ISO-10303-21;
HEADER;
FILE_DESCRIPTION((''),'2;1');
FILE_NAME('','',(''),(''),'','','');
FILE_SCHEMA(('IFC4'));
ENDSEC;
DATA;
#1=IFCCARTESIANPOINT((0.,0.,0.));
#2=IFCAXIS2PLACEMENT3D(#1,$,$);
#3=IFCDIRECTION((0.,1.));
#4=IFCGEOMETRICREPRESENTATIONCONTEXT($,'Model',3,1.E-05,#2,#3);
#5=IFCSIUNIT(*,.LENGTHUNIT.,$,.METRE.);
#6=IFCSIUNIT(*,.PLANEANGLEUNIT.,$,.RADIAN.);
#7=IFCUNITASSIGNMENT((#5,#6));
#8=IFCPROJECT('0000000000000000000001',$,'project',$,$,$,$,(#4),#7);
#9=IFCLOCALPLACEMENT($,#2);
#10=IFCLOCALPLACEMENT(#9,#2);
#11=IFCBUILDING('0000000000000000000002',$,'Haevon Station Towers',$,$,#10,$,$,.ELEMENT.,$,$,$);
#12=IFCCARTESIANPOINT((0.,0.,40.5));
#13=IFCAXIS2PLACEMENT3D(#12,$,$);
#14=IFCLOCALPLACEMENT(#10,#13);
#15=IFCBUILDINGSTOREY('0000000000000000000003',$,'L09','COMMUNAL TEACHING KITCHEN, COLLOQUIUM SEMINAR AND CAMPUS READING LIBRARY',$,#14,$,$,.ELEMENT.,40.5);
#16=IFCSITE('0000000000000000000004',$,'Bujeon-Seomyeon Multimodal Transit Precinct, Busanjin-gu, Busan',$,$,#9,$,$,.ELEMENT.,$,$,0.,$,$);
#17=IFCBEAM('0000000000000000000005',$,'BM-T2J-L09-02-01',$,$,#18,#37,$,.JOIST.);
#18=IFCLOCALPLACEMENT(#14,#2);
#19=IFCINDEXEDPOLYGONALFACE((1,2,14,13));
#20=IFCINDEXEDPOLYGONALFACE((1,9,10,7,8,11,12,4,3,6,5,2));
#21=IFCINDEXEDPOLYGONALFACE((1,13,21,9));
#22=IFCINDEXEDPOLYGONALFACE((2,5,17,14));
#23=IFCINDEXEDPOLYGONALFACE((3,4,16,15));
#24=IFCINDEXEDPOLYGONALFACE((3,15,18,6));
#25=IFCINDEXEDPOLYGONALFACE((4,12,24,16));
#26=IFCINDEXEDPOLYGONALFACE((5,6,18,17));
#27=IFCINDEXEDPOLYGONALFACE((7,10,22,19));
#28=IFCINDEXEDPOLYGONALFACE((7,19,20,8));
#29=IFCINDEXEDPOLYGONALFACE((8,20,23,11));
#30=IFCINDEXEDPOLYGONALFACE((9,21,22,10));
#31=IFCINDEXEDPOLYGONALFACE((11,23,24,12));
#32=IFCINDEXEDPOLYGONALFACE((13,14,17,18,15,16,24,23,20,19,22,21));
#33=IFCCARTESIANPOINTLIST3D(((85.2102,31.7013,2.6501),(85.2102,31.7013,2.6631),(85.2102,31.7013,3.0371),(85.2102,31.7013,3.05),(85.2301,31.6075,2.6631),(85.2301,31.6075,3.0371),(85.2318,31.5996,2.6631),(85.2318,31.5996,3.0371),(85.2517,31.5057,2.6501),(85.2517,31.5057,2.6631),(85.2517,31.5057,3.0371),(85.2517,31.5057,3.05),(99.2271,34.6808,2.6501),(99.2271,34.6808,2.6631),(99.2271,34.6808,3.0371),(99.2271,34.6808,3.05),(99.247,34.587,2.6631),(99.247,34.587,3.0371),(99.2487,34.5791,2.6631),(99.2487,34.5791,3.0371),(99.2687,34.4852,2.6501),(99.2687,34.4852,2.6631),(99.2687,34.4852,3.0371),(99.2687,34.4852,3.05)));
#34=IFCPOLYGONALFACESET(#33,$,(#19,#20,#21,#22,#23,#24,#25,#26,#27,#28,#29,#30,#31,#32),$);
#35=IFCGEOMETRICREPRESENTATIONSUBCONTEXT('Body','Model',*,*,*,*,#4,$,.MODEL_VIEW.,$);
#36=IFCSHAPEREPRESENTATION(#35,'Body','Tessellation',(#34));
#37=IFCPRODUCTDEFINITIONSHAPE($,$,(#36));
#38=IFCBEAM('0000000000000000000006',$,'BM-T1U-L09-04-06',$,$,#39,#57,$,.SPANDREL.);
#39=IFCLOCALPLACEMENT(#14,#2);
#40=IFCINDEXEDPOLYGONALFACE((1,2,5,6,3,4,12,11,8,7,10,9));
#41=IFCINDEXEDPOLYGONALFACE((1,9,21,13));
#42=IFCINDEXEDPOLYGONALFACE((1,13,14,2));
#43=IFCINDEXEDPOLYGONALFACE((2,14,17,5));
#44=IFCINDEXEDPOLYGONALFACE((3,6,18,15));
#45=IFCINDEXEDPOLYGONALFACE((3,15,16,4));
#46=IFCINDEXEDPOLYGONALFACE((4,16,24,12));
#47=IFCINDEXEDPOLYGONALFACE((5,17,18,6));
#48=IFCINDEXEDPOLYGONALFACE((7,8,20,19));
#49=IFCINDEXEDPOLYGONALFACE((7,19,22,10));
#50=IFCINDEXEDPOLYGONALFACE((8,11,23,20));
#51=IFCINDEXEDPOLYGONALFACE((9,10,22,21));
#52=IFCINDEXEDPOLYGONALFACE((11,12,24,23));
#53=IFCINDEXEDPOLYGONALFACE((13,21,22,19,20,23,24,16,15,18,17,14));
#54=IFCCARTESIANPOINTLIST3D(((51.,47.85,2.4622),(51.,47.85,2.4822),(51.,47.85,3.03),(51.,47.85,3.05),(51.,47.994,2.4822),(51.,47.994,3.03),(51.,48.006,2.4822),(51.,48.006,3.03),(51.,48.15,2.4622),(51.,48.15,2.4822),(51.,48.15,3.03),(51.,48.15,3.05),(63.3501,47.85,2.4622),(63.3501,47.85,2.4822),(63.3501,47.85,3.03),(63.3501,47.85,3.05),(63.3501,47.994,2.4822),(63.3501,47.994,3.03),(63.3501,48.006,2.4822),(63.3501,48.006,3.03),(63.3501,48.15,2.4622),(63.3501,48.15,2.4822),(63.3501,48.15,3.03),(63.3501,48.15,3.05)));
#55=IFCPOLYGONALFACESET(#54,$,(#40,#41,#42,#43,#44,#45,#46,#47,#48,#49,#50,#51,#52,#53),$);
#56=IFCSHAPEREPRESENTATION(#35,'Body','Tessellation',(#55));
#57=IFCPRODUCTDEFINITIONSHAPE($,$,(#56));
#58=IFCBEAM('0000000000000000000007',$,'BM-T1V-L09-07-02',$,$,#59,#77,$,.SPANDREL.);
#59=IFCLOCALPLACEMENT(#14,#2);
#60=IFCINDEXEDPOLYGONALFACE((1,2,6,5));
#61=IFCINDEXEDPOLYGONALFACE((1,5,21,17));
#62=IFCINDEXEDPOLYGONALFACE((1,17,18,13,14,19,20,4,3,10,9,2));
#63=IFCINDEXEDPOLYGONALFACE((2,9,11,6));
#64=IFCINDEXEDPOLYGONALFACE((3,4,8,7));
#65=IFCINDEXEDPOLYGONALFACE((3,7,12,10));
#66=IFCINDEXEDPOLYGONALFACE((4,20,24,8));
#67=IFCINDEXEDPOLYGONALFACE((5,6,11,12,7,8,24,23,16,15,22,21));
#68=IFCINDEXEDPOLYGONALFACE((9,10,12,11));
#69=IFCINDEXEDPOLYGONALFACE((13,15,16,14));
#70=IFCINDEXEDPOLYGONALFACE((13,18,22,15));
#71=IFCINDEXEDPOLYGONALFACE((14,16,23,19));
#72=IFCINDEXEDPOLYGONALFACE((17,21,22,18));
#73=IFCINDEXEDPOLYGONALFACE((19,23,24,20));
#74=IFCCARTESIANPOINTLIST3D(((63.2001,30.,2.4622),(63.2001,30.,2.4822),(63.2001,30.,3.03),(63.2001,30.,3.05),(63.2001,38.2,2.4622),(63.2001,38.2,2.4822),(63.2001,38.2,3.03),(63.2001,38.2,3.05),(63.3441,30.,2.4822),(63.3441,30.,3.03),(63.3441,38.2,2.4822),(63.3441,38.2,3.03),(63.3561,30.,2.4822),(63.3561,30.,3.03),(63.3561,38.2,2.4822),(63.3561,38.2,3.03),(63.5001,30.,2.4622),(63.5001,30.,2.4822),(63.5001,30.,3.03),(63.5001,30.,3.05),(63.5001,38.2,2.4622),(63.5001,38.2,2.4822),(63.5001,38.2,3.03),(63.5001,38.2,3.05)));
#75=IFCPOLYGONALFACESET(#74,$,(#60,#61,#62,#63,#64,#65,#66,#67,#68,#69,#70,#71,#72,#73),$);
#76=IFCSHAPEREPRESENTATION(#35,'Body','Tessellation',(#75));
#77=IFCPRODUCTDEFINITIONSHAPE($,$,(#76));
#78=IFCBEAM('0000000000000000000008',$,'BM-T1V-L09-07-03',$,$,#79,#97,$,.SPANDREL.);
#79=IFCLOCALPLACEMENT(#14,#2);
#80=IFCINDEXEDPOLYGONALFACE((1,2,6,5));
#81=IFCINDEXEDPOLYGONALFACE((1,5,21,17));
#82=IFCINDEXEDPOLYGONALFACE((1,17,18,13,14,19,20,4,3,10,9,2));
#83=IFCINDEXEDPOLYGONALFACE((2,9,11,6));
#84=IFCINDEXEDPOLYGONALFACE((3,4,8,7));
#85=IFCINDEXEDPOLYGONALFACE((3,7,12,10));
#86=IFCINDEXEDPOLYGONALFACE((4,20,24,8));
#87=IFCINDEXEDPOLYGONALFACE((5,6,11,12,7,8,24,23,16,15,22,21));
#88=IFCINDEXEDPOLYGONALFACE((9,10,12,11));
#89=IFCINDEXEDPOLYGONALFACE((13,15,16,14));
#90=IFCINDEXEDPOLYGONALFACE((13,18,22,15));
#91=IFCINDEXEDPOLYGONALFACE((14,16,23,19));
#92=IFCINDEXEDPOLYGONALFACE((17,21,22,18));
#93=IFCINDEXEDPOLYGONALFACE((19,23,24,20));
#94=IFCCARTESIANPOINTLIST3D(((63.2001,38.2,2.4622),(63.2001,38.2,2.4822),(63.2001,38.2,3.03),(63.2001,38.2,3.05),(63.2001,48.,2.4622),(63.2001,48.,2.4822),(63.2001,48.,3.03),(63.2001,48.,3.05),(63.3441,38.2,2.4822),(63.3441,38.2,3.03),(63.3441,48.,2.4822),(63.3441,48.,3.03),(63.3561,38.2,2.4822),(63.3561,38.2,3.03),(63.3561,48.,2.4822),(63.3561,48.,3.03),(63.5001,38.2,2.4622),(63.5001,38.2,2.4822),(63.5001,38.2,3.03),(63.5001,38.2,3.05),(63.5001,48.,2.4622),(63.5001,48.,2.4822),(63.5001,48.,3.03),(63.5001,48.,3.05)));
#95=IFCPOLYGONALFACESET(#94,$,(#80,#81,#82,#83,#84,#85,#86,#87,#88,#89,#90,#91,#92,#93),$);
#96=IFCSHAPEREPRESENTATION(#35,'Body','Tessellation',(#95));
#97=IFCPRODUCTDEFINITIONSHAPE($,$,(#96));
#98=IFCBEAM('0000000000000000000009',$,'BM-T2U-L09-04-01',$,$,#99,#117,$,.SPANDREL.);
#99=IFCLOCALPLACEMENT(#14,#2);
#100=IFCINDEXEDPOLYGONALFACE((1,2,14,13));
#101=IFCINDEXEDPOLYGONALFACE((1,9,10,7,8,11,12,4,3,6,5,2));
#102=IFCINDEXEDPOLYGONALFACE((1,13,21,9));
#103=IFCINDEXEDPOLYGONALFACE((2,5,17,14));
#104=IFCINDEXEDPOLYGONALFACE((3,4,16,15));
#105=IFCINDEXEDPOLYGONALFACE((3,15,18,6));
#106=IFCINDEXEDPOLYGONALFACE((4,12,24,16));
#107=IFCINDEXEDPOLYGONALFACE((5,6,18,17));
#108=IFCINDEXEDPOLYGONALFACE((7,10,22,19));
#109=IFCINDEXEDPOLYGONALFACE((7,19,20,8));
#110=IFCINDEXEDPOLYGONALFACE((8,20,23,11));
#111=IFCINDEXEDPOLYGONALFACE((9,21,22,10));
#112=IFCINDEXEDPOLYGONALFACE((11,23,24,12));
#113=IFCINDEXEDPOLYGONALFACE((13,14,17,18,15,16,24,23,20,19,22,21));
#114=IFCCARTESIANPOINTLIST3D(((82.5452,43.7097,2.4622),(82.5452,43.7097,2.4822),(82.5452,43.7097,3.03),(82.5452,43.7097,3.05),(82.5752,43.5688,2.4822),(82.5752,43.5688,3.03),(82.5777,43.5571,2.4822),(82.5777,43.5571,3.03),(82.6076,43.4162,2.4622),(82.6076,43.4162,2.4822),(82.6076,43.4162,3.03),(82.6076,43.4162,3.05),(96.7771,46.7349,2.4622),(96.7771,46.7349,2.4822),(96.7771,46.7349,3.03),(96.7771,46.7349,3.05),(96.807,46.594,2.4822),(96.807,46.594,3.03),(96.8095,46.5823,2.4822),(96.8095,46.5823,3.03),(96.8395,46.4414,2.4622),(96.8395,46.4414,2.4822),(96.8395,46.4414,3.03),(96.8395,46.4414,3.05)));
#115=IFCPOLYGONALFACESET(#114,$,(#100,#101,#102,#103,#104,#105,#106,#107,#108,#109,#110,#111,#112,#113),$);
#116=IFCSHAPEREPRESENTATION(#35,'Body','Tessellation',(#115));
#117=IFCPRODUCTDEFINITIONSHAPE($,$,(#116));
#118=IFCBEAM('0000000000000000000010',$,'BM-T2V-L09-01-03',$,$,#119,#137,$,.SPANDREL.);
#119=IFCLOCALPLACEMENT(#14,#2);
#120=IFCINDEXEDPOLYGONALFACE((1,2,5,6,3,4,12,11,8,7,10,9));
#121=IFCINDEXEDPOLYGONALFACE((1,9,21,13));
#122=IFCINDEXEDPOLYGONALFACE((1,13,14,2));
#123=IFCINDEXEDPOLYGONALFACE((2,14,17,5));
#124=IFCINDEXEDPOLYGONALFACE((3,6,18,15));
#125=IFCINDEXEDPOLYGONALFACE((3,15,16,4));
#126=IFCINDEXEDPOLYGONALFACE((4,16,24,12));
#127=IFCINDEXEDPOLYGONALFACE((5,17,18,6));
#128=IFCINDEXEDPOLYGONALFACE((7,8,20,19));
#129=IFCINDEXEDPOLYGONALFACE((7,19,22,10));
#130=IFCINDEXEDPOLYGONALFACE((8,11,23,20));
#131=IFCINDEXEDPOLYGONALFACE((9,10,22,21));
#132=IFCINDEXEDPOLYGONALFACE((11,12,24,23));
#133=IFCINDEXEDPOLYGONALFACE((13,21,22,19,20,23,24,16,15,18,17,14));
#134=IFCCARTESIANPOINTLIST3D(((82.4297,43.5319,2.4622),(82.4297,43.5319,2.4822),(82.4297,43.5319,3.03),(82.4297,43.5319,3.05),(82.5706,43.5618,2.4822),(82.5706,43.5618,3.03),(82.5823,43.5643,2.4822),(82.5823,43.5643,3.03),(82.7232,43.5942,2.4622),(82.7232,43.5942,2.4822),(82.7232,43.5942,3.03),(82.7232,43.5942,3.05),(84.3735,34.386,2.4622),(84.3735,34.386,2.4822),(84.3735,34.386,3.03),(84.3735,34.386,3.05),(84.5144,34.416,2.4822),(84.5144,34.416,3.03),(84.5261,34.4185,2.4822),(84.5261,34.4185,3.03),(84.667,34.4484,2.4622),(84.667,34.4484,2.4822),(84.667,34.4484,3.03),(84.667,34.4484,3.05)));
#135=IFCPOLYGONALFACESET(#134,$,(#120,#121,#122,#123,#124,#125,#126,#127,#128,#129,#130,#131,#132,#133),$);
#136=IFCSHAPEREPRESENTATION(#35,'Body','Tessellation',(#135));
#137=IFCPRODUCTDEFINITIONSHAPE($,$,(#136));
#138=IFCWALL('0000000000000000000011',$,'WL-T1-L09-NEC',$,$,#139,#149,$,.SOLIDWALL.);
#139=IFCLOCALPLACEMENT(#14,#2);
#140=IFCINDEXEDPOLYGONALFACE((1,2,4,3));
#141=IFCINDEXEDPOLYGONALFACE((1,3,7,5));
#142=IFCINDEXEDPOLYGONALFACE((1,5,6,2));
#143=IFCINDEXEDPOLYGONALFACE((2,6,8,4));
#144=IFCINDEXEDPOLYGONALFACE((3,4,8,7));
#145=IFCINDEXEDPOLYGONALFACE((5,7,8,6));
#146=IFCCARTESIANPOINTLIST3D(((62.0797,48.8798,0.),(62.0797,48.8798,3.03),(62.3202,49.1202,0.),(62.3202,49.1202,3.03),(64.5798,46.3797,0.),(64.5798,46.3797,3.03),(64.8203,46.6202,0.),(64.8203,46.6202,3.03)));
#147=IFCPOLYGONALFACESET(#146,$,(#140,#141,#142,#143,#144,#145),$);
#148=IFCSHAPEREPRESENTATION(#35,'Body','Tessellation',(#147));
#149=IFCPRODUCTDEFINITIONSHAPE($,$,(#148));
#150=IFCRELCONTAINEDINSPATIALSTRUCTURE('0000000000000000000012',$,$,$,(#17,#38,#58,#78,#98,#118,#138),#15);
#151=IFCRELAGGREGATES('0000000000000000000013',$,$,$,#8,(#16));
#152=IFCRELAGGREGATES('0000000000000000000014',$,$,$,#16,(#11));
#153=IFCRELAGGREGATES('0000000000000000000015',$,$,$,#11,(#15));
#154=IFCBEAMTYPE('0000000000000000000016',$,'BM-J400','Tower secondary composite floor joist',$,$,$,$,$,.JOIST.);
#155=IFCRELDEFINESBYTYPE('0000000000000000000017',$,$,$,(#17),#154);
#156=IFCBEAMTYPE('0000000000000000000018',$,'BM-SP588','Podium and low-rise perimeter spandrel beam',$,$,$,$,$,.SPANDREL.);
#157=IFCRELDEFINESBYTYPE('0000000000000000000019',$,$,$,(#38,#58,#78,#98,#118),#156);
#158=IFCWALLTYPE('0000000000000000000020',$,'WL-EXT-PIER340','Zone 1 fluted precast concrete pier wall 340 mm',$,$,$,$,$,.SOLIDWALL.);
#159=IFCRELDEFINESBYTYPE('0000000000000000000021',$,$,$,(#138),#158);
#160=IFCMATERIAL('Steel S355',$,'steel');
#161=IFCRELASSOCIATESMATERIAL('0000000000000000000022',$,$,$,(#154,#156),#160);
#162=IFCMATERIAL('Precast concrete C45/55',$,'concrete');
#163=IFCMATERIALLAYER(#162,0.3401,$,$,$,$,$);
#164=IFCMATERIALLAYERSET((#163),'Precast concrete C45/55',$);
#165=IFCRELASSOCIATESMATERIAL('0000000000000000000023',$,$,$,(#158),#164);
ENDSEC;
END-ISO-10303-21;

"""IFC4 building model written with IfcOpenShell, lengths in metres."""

from ifc_helpers import new_model, si_unit, direction, frame, frame_2d, origin, origin_2d, place, context, subcontext, project, spatial, rectangle, i_section, extrude, material, layer, layer_set, material_profile, profile_set, type_object, element, save


model = new_model("IFC4")

# Units and contexts
model_context = context("Model", 3, precision=1e-05, world=origin(), true_north=direction((0.0, 1.0)))
body_context = subcontext(model_context, "Body", "Model", "MODEL_VIEW")
ifc_project = project(units=[si_unit("LENGTHUNIT", "METRE"), si_unit("PLANEANGLEUNIT", "RADIAN")], contexts=[model_context])

# Site, building, storey
site_placement = place(None, origin())
site = spatial("IfcSite", under=ifc_project, at=site_placement, Name="Bujeon-Seomyeon Multimodal Transit Precinct, Busanjin-gu, Busan", CompositionType="ELEMENT", RefElevation=0.0)
building_placement = place(site_placement, origin())
building = spatial("IfcBuilding", under=site, at=building_placement, Name="Haevon Station Towers", CompositionType="ELEMENT")
storey_placement = place(building_placement, frame((0.0, 0.0, 40.5)))
storey = spatial("IfcBuildingStorey", under=building, at=storey_placement, Name="L09", Description="COMMUNAL TEACHING KITCHEN, COLLOQUIUM SEMINAR AND CAMPUS READING LIBRARY", CompositionType="ELEMENT", Elevation=40.5)

# Beams
ifc_material_1 = material(Name="Steel S355", Category="steel")
ifc_material_profile_1 = material_profile(ifc_material_1, i_section(OverallWidth=0.2, OverallDepth=0.3999, WebThickness=0.0081, FlangeThickness=0.0129, at=origin_2d()), Name="H-400x200x8x13")
ifc_profile_set_1 = profile_set([ifc_material_profile_1], Name="Steel S355")
beam_type_1 = type_object("IfcBeamType", Name="BM-J400", Description="Tower secondary composite floor joist", PredefinedType="JOIST", material=ifc_profile_set_1)
beam_1_placement = place(storey_placement, frame((85.231, 31.6035, 2.8501), z_axis=(0.978146, 0.20792, 0.0), x_axis=(-0.20792, 0.978146, 0.0)))
element("IfcBeam", 1, at=beam_1_placement, inside=storey, type_object=beam_type_1, Name="BM-T2J-L09-02-01", PredefinedType="JOIST", context=body_context, shape_type="SweptSolid", body=[
    extrude(i_section(OverallWidth=0.2, OverallDepth=0.3999, WebThickness=0.0081, FlangeThickness=0.0129, at=origin_2d()), origin(), (0.0, 0.0, 1.0), 14.3301),
])
ifc_material_profile_2 = material_profile(ifc_material_1, i_section(OverallWidth=0.3, OverallDepth=0.5879, WebThickness=0.012, FlangeThickness=0.02, at=origin_2d()), Name="H-588x300x12x20")
ifc_profile_set_2 = profile_set([ifc_material_profile_2], Name="Steel S355")
beam_type_2 = type_object("IfcBeamType", Name="BM-SP588", Description="Podium and low-rise perimeter spandrel beam", PredefinedType="SPANDREL", material=ifc_profile_set_2)
beam_2_placement = place(storey_placement, frame((51.0, 48.0, 2.7561), z_axis=(1.0, 0.0, 0.0), x_axis=(0.0, 1.0, 0.0)))
element("IfcBeam", 2, at=beam_2_placement, inside=storey, type_object=beam_type_2, Name="BM-T1U-L09-04-06", PredefinedType="SPANDREL", context=body_context, shape_type="SweptSolid", body=[
    extrude(i_section(OverallWidth=0.3, OverallDepth=0.5879, WebThickness=0.012, FlangeThickness=0.02, at=origin_2d()), origin(), (0.0, 0.0, 1.0), 12.3501),
])
beam_3_placement = place(storey_placement, frame((63.3501, 30.0, 2.7561), z_axis=(0.0, 1.0, 0.0), x_axis=(-1.0, 0.0, 0.0)))
element("IfcBeam", 3, at=beam_3_placement, inside=storey, type_object=beam_type_2, Name="BM-T1V-L09-07-02", PredefinedType="SPANDREL", context=body_context, shape_type="SweptSolid", body=[
    extrude(i_section(OverallWidth=0.3, OverallDepth=0.5879, WebThickness=0.012, FlangeThickness=0.02, at=origin_2d()), origin(), (0.0, 0.0, 1.0), 8.2),
])
beam_4_placement = place(storey_placement, frame((63.3501, 38.2, 2.7561), z_axis=(0.0, 1.0, 0.0), x_axis=(-1.0, 0.0, 0.0)))
element("IfcBeam", 4, at=beam_4_placement, inside=storey, type_object=beam_type_2, Name="BM-T1V-L09-07-03", PredefinedType="SPANDREL", context=body_context, shape_type="SweptSolid", body=[
    extrude(i_section(OverallWidth=0.3, OverallDepth=0.5879, WebThickness=0.012, FlangeThickness=0.02, at=origin_2d()), origin(), (0.0, 0.0, 1.0), 9.8),
])
beam_5_placement = place(storey_placement, frame((82.5764, 43.563, 2.7561), z_axis=(0.978147, 0.207915, 0.0), x_axis=(-0.207915, 0.978147, 0.0)))
element("IfcBeam", 5, at=beam_5_placement, inside=storey, type_object=beam_type_2, Name="BM-T2U-L09-04-01", PredefinedType="SPANDREL", context=body_context, shape_type="SweptSolid", body=[
    extrude(i_section(OverallWidth=0.3, OverallDepth=0.5879, WebThickness=0.012, FlangeThickness=0.02, at=origin_2d()), origin(), (0.0, 0.0, 1.0), 14.5498),
])
beam_6_placement = place(storey_placement, frame((84.5203, 34.4172, 2.7561), z_axis=(-0.207897, 0.978151, 0.0), x_axis=(-0.978151, -0.207897, 0.0)))
element("IfcBeam", 6, at=beam_6_placement, inside=storey, type_object=beam_type_2, Name="BM-T2V-L09-01-03", PredefinedType="SPANDREL", context=body_context, shape_type="SweptSolid", body=[
    extrude(i_section(OverallWidth=0.3, OverallDepth=0.5879, WebThickness=0.012, FlangeThickness=0.02, at=origin_2d()), origin(), (0.0, 0.0, 1.0), 9.3501),
])

# Wall
ifc_material_2 = material(Name="Precast concrete C45/55", Category="concrete")
ifc_layer_1 = layer(ifc_material_2, 0.3401)
ifc_layer_set_1 = layer_set([ifc_layer_1], Name="Precast concrete C45/55")
wall_type_1 = type_object("IfcWallType", Name="WL-EXT-PIER340", Description="Zone 1 fluted precast concrete pier wall 340 mm", PredefinedType="SOLIDWALL", material=ifc_layer_set_1)
wall_1_placement = place(storey_placement, frame((62.2, 49.0, 0.0), z_axis=(0.0, 0.0, 1.0), x_axis=(0.707107, -0.707107, 0.0)))
element("IfcWall", 7, at=wall_1_placement, inside=storey, type_object=wall_type_1, Name="WL-T1-L09-NEC", PredefinedType="SOLIDWALL", context=body_context, shape_type="SweptSolid", body=[
    extrude(rectangle(XDim=3.5356, YDim=0.3401, at=frame_2d((1.7678, 0.0))), origin(), (0.0, 0.0, 1.0), 3.03),
])

save(model, "model.ifc")
